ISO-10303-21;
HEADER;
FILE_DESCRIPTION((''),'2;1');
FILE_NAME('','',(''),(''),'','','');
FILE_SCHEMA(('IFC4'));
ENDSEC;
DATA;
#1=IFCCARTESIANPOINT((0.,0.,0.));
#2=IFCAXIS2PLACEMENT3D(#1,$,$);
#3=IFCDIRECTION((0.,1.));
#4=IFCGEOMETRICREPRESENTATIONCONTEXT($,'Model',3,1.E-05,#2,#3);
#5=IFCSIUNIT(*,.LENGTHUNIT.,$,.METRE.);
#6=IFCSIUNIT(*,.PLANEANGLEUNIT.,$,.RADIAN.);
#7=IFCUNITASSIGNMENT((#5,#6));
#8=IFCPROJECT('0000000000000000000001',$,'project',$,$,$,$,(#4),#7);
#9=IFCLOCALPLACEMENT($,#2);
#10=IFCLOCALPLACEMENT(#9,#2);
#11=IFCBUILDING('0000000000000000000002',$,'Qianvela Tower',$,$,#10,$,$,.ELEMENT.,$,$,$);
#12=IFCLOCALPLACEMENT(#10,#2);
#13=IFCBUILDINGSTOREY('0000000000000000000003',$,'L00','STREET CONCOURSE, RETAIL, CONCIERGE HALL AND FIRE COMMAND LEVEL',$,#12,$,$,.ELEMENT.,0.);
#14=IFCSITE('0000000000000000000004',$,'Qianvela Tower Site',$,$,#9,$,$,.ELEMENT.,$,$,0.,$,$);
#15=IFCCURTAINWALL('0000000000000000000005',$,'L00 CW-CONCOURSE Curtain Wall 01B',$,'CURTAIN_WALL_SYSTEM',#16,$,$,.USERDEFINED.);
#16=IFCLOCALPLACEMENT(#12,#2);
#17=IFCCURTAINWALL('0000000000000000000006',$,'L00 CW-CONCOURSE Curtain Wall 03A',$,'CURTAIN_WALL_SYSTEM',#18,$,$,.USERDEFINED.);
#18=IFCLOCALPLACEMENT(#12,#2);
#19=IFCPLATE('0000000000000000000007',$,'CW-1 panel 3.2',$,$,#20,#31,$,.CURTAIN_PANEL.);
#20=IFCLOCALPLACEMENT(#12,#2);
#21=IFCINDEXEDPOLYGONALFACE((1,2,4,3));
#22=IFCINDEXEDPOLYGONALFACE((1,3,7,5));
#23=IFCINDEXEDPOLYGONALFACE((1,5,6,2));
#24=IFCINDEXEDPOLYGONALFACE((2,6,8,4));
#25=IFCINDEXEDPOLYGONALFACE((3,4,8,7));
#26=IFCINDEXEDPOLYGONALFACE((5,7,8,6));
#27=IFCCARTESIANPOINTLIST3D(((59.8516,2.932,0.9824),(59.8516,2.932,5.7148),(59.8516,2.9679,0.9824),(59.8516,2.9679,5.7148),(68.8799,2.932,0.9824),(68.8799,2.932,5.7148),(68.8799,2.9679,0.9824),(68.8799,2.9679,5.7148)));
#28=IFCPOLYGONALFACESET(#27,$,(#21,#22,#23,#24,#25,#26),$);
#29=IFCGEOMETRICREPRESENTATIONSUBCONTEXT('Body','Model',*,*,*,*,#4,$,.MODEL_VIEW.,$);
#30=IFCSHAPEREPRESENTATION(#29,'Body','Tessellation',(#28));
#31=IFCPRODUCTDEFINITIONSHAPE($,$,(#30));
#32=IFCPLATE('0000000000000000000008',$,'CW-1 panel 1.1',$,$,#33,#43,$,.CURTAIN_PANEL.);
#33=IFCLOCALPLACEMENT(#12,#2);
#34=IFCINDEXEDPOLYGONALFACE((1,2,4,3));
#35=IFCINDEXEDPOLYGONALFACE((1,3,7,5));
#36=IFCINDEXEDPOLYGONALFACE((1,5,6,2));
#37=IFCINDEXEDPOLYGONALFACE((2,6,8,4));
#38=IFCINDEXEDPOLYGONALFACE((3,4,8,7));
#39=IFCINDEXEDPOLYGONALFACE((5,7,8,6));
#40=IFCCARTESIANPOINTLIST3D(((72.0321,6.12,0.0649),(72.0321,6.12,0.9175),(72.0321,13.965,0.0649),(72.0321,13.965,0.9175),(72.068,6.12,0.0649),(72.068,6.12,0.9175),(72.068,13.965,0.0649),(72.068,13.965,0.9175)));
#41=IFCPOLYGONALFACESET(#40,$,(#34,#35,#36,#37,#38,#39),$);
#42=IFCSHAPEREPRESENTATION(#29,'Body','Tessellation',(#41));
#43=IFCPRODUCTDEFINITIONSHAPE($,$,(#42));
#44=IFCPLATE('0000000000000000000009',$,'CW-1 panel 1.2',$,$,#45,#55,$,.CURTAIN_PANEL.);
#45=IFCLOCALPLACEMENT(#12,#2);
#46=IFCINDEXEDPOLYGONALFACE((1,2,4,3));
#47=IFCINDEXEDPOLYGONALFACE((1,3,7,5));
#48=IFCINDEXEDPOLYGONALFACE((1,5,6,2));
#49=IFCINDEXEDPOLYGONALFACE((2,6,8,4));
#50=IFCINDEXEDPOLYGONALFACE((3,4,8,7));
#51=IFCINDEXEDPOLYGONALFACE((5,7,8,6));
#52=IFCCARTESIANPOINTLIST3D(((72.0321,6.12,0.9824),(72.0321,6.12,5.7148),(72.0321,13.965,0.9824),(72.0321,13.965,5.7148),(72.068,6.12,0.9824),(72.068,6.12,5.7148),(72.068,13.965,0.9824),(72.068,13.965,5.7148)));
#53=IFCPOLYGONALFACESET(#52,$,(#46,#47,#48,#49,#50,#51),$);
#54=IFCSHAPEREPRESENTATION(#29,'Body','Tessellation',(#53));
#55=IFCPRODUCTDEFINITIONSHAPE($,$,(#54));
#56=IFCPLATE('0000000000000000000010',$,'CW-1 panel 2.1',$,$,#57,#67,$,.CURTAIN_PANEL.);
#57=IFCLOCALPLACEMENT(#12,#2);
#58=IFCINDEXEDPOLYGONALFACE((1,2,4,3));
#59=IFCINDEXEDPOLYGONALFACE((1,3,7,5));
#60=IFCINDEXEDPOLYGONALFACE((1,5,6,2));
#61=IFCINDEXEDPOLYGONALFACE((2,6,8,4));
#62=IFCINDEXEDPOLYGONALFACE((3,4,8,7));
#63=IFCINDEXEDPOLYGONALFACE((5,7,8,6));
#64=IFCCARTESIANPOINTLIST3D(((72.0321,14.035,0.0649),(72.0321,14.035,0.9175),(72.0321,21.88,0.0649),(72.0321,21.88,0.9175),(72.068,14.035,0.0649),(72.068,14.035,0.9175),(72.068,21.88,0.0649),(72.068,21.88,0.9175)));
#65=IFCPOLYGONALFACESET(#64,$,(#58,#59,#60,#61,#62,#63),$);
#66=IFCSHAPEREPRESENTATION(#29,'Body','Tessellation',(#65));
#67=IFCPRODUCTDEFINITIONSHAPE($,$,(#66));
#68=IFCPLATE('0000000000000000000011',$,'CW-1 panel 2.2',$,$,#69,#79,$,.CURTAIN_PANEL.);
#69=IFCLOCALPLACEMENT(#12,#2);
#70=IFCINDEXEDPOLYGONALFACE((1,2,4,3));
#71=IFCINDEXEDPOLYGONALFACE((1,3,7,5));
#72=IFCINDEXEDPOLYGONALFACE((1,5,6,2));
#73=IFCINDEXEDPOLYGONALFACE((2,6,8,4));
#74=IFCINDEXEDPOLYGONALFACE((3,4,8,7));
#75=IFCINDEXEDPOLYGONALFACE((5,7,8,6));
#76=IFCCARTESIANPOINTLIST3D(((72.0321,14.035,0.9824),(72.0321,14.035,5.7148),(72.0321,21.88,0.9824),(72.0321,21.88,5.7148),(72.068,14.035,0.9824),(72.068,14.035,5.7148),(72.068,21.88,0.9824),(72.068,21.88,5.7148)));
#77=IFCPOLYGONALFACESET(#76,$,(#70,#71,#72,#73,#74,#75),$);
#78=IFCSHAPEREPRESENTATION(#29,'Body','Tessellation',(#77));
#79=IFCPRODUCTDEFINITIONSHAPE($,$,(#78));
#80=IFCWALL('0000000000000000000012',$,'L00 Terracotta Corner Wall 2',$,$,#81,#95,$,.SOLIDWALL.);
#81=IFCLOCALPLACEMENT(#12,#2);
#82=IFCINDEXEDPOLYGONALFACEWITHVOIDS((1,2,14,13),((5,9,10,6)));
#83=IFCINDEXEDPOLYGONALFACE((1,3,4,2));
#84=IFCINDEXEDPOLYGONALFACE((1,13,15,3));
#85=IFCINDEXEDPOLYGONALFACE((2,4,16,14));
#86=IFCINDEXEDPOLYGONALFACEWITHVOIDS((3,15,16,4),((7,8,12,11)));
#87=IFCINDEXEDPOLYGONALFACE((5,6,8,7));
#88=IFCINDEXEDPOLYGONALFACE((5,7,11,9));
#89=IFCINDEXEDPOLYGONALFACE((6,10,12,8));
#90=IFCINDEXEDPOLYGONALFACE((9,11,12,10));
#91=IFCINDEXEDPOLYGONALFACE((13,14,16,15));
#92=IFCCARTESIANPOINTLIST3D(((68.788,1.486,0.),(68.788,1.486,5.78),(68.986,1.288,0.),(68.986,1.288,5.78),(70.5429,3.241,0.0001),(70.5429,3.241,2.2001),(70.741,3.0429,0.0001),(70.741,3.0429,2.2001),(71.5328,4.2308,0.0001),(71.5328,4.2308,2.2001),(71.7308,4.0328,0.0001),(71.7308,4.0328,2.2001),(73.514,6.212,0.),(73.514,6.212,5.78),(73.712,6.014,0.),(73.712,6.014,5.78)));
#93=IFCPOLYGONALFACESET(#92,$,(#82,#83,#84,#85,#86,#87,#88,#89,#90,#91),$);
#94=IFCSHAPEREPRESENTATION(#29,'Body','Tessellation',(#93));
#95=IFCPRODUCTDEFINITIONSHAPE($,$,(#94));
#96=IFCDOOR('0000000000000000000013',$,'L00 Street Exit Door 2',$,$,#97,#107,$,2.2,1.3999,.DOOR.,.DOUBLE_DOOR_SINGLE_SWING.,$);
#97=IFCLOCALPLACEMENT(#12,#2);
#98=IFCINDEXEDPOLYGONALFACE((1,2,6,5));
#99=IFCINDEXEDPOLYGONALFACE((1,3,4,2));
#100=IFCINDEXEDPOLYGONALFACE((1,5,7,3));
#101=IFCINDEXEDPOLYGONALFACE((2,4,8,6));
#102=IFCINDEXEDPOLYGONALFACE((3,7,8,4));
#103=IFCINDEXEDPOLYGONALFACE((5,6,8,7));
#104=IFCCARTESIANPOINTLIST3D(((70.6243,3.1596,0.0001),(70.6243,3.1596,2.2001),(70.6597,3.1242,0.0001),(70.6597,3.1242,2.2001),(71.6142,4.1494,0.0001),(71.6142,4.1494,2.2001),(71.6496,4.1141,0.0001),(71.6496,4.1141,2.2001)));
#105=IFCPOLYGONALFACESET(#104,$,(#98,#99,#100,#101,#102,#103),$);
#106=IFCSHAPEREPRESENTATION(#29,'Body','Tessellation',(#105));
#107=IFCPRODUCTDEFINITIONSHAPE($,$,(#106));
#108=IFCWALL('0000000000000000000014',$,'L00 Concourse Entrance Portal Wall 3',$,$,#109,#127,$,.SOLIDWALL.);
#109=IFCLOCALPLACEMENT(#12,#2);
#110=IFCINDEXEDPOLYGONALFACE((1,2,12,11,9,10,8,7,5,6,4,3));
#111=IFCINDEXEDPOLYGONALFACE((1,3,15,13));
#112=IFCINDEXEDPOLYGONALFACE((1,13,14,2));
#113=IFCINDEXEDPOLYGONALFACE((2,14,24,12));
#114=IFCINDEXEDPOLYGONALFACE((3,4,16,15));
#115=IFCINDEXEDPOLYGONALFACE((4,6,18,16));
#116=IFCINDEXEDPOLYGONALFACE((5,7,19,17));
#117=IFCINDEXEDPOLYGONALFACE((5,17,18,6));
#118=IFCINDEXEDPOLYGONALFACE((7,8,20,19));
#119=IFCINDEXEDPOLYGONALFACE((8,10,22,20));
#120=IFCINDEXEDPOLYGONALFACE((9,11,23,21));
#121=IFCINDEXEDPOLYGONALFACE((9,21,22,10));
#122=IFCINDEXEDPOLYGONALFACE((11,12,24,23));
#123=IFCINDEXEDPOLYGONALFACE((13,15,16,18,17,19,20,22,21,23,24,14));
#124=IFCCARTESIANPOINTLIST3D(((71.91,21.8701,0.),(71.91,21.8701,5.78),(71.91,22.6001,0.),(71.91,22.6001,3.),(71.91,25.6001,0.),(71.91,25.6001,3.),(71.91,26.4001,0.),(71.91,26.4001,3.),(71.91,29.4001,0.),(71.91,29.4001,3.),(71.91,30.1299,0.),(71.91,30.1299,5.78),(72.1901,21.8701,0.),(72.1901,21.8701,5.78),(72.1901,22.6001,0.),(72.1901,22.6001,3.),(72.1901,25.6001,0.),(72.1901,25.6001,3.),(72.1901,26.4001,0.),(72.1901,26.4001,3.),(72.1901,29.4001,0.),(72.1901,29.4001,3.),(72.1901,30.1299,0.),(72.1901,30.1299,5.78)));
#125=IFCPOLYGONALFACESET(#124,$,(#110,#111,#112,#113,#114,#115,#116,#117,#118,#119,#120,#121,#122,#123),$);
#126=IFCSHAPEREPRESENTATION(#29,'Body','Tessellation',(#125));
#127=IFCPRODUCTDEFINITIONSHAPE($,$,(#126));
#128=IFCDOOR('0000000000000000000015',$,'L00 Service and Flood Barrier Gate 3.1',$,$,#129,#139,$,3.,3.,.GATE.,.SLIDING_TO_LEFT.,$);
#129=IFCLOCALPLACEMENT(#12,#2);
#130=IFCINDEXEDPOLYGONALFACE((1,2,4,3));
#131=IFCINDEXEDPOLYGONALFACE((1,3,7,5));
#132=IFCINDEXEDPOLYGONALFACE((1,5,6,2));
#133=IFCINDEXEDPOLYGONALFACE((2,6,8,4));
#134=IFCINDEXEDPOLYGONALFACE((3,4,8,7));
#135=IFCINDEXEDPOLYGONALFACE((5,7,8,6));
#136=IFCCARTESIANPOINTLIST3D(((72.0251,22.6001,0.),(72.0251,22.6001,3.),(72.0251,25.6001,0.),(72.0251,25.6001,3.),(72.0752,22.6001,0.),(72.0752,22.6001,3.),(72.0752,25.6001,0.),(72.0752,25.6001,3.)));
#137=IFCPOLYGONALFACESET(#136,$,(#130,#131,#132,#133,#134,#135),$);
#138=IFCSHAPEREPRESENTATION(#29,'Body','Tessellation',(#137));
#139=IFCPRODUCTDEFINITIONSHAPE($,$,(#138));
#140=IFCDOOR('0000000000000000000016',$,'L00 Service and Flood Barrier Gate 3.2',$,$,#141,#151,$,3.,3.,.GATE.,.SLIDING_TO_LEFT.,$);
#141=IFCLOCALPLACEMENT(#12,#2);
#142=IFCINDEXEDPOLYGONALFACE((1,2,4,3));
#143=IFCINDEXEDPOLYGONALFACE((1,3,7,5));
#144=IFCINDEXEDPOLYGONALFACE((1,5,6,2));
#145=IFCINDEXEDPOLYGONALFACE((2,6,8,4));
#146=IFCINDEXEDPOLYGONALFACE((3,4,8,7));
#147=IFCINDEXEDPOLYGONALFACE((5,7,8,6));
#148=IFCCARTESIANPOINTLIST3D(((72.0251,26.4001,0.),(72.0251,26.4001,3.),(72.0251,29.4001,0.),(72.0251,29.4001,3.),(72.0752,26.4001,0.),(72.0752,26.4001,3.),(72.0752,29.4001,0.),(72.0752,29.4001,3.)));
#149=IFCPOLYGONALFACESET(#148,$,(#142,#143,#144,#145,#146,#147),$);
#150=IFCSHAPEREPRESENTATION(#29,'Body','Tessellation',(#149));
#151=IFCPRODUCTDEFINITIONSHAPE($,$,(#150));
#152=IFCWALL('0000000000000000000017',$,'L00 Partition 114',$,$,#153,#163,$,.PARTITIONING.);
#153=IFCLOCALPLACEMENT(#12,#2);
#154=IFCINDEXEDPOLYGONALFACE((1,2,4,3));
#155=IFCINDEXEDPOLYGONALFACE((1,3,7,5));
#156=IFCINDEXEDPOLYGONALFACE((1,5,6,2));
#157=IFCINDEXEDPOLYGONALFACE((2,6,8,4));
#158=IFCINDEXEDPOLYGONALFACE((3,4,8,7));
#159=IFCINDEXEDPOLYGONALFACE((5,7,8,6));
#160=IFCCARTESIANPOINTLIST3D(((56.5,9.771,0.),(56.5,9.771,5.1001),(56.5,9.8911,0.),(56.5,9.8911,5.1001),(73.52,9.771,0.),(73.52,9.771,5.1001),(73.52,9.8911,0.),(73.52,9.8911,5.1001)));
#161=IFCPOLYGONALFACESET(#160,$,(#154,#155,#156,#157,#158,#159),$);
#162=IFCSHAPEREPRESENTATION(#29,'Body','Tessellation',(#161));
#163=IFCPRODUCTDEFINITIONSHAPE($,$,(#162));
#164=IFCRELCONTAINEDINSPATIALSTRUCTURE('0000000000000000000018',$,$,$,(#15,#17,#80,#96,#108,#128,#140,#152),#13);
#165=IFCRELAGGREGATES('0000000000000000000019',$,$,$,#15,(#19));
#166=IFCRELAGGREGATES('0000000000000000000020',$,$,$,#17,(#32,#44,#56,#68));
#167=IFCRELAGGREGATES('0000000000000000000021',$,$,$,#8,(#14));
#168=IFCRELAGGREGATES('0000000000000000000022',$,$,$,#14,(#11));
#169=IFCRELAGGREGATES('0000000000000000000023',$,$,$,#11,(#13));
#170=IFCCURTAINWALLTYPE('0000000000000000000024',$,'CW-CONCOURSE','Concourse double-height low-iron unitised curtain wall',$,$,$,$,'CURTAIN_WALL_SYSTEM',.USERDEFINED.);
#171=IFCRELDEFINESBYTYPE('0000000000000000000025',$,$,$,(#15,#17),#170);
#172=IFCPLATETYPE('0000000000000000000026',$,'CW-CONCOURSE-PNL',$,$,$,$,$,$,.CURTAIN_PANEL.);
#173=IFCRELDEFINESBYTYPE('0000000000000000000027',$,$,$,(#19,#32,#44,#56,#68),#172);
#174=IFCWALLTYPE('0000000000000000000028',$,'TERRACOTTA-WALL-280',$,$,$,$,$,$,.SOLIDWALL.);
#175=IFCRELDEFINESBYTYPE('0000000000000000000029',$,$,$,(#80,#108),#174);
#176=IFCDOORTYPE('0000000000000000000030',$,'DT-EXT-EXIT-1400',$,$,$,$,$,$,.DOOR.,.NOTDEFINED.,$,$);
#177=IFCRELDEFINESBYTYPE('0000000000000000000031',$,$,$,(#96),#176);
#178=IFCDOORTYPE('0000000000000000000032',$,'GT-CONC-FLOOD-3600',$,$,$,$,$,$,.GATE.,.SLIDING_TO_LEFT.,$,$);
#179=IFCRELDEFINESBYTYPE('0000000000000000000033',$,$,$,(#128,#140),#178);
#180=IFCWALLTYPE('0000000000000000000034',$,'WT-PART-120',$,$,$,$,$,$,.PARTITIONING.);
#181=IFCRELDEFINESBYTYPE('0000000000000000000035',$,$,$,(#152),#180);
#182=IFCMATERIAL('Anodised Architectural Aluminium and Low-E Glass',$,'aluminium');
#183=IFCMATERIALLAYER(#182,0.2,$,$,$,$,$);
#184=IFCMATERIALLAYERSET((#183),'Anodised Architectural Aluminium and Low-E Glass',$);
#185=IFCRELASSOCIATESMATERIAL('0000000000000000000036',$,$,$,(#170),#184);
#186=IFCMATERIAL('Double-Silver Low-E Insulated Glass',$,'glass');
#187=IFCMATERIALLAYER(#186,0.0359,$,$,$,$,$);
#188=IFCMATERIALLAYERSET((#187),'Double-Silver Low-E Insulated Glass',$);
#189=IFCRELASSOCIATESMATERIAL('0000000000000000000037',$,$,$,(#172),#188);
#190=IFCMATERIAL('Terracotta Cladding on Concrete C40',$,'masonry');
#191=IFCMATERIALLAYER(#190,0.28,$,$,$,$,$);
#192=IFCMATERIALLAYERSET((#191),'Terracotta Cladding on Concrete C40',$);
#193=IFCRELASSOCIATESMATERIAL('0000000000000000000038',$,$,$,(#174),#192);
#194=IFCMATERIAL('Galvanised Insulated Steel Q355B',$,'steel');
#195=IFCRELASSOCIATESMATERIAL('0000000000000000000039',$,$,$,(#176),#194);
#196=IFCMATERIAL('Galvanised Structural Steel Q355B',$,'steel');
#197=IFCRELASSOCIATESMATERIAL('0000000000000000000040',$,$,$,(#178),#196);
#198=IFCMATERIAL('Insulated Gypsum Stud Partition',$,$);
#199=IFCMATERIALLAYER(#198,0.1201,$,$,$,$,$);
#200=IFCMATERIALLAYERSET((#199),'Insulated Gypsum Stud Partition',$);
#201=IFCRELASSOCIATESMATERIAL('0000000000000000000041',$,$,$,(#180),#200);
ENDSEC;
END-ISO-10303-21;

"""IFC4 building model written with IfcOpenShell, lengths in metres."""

from ifc_helpers import new_model, si_unit, direction, frame, frame_2d, origin, origin_2d, place, context, subcontext, project, spatial, rectangle, extrude, material, layer, layer_set, type_object, element, fill, aggregate, save


model = new_model("IFC4")

# Units and contexts
model_context = context("Model", 3, precision=1e-05, world=origin(), true_north=direction((0.0, 1.0)))
body_context = subcontext(model_context, "Body", "Model", "MODEL_VIEW")
ifc_project = project(units=[si_unit("LENGTHUNIT", "METRE"), si_unit("PLANEANGLEUNIT", "RADIAN")], contexts=[model_context])

# Site, building, storey
site_placement = place(None, origin())
site = spatial("IfcSite", under=ifc_project, at=site_placement, Name="Qianvela Tower Site", CompositionType="ELEMENT", RefElevation=0.0)
building_placement = place(site_placement, origin())
building = spatial("IfcBuilding", under=site, at=building_placement, Name="Qianvela Tower", CompositionType="ELEMENT")
storey_placement = place(building_placement, origin())
storey = spatial("IfcBuildingStorey", under=building, at=storey_placement, Name="L00", Description="STREET CONCOURSE, RETAIL, CONCIERGE HALL AND FIRE COMMAND LEVEL", CompositionType="ELEMENT", Elevation=0.0)

# Curtain wall
ifc_material_1 = material(Name="Anodised Architectural Aluminium and Low-E Glass", Category="aluminium")
ifc_layer_1 = layer(ifc_material_1, 0.2)
ifc_layer_set_1 = layer_set([ifc_layer_1], Name="Anodised Architectural Aluminium and Low-E Glass")
curtain_wall_type = type_object("IfcCurtainWallType", Name="CW-CONCOURSE", Description="Concourse double-height low-iron unitised curtain wall", ElementType="CURTAIN_WALL_SYSTEM", PredefinedType="USERDEFINED", material=ifc_layer_set_1)
curtain_wall_1_placement = place(storey_placement, origin())
curtain_wall_1 = element("IfcCurtainWall", 1, at=curtain_wall_1_placement, inside=storey, type_object=curtain_wall_type, Name="L00 CW-CONCOURSE Curtain Wall 01B", ObjectType="CURTAIN_WALL_SYSTEM", PredefinedType="USERDEFINED")

# Curtain wall
curtain_wall_2_placement = place(storey_placement, origin())
curtain_wall_2 = element("IfcCurtainWall", 2, at=curtain_wall_2_placement, inside=storey, type_object=curtain_wall_type, Name="L00 CW-CONCOURSE Curtain Wall 03A", ObjectType="CURTAIN_WALL_SYSTEM", PredefinedType="USERDEFINED")

# Plates
ifc_material_2 = material(Name="Double-Silver Low-E Insulated Glass", Category="glass")
ifc_layer_2 = layer(ifc_material_2, 0.0359)
ifc_layer_set_2 = layer_set([ifc_layer_2], Name="Double-Silver Low-E Insulated Glass")
plate_type = type_object("IfcPlateType", Name="CW-CONCOURSE-PNL", PredefinedType="CURTAIN_PANEL", material=ifc_layer_set_2)
plate_1_placement = place(storey_placement, frame((64.3657, 2.95, 0.9824), z_axis=(0.0, 0.0, 1.0), x_axis=(1.0, 0.0, 0.0)))
plate_1 = element("IfcPlate", 3, at=plate_1_placement, type_object=plate_type, Name="CW-1 panel 3.2", PredefinedType="CURTAIN_PANEL", context=body_context, shape_type="SweptSolid", body=[
    extrude(rectangle(XDim=9.0283, YDim=0.0359, at=origin_2d()), origin(), (0.0, 0.0, 1.0), 4.7324),
])
aggregate(curtain_wall_1, [plate_1])
plate_2_placement = place(storey_placement, frame((72.05, 10.0425, 0.0649), z_axis=(0.0, 0.0, 1.0), x_axis=(0.0, 1.0, 0.0)))
plate_2 = element("IfcPlate", 4, at=plate_2_placement, type_object=plate_type, Name="CW-1 panel 1.1", PredefinedType="CURTAIN_PANEL", context=body_context, shape_type="SweptSolid", body=[
    extrude(rectangle(XDim=7.845, YDim=0.0359, at=origin_2d()), origin(), (0.0, 0.0, 1.0), 0.8525),
])
plate_3_placement = place(storey_placement, frame((72.05, 10.0425, 0.9824), z_axis=(0.0, 0.0, 1.0), x_axis=(0.0, 1.0, 0.0)))
plate_3 = element("IfcPlate", 5, at=plate_3_placement, type_object=plate_type, Name="CW-1 panel 1.2", PredefinedType="CURTAIN_PANEL", context=body_context, shape_type="SweptSolid", body=[
    extrude(rectangle(XDim=7.845, YDim=0.0359, at=origin_2d()), origin(), (0.0, 0.0, 1.0), 4.7324),
])
plate_4_placement = place(storey_placement, frame((72.05, 17.9575, 0.0649), z_axis=(0.0, 0.0, 1.0), x_axis=(0.0, 1.0, 0.0)))
plate_4 = element("IfcPlate", 6, at=plate_4_placement, type_object=plate_type, Name="CW-1 panel 2.1", PredefinedType="CURTAIN_PANEL", context=body_context, shape_type="SweptSolid", body=[
    extrude(rectangle(XDim=7.845, YDim=0.0359, at=origin_2d()), origin(), (0.0, 0.0, 1.0), 0.8525),
])
plate_5_placement = place(storey_placement, frame((72.05, 17.9575, 0.9824), z_axis=(0.0, 0.0, 1.0), x_axis=(0.0, 1.0, 0.0)))
plate_5 = element("IfcPlate", 7, at=plate_5_placement, type_object=plate_type, Name="CW-1 panel 2.2", PredefinedType="CURTAIN_PANEL", context=body_context, shape_type="SweptSolid", body=[
    extrude(rectangle(XDim=7.845, YDim=0.0359, at=origin_2d()), origin(), (0.0, 0.0, 1.0), 4.7324),
])
aggregate(curtain_wall_2, [plate_2, plate_3, plate_4, plate_5])

# Wall, opening, door
ifc_material_3 = material(Name="Terracotta Cladding on Concrete C40", Category="masonry")
ifc_layer_3 = layer(ifc_material_3, 0.28)
ifc_layer_set_3 = layer_set([ifc_layer_3], Name="Terracotta Cladding on Concrete C40")
wall_type_1 = type_object("IfcWallType", Name="TERRACOTTA-WALL-280", PredefinedType="SOLIDWALL", material=ifc_layer_set_3)
wall_1_placement = place(storey_placement, frame((68.887, 1.387, 0.0), z_axis=(0.0, 0.0, 1.0), x_axis=(0.707107, 0.707107, 0.0)))
wall_1 = element("IfcWall", 8, at=wall_1_placement, inside=storey, type_object=wall_type_1, Name="L00 Terracotta Corner Wall 2", PredefinedType="SOLIDWALL", context=body_context, shape_type="SweptSolid", body=[
    extrude(rectangle(XDim=6.6836, YDim=0.28, at=frame_2d((3.3418, 0.0))), origin(), (0.0, 0.0, 1.0), 5.78),
])
opening_1_placement = place(wall_1_placement, frame((2.4819, 0.0, 0.0)))
opening_1 = element("IfcOpeningElement", 9, at=opening_1_placement, cuts=wall_1, PredefinedType="OPENING", context=body_context, shape_type="SweptSolid", body=[
    extrude(rectangle(XDim=1.3999, YDim=2.2, at=frame_2d((0.7, 1.1001))), frame((0.0, 0.1499, 0.0), z_axis=(0.0, -1.0, 0.0), x_axis=(1.0, 0.0, 0.0)), (0.0, 0.0, 1.0), 0.3),
])
ifc_material_4 = material(Name="Galvanised Insulated Steel Q355B", Category="steel")
door_type_1 = type_object("IfcDoorType", Name="DT-EXT-EXIT-1400", OperationType="NOTDEFINED", PredefinedType="DOOR", material=ifc_material_4)
door_1_placement = place(opening_1_placement, origin())
door_1 = element("IfcDoor", 10, at=door_1_placement, inside=storey, type_object=door_type_1, Name="L00 Street Exit Door 2", OperationType="DOUBLE_DOOR_SINGLE_SWING", OverallHeight=2.2, OverallWidth=1.3999, PredefinedType="DOOR", context=body_context, shape_type="SweptSolid", body=[
    extrude(rectangle(XDim=1.3999, YDim=2.2, at=frame_2d((0.7, 1.1001))), frame((0.0, 0.0249, 0.0), z_axis=(0.0, -1.0, 0.0), x_axis=(1.0, 0.0, 0.0)), (0.0, 0.0, 1.0), 0.05),
])
fill(opening_1, door_1)

# Wall, openings, doors
wall_2_placement = place(storey_placement, frame((72.05, 21.8701, 0.0), z_axis=(0.0, 0.0, 1.0), x_axis=(0.0, 1.0, 0.0)))
wall_2 = element("IfcWall", 11, at=wall_2_placement, inside=storey, type_object=wall_type_1, Name="L00 Concourse Entrance Portal Wall 3", PredefinedType="SOLIDWALL", context=body_context, shape_type="SweptSolid", body=[
    extrude(rectangle(XDim=8.2598, YDim=0.28, at=frame_2d((4.1299, 0.0))), origin(), (0.0, 0.0, 1.0), 5.78),
])
opening_2_placement = place(wall_2_placement, frame((0.73, 0.0, 0.0)))
opening_2 = element("IfcOpeningElement", 12, at=opening_2_placement, cuts=wall_2, PredefinedType="OPENING", context=body_context, shape_type="SweptSolid", body=[
    extrude(rectangle(XDim=3.0, YDim=3.0, at=frame_2d((1.5, 1.5))), frame((0.0, 0.1499, 0.0), z_axis=(0.0, -1.0, 0.0), x_axis=(1.0, 0.0, 0.0)), (0.0, 0.0, 1.0), 0.3),
])
opening_3_placement = place(wall_2_placement, frame((4.53, 0.0, 0.0)))
opening_3 = element("IfcOpeningElement", 13, at=opening_3_placement, cuts=wall_2, PredefinedType="OPENING", context=body_context, shape_type="SweptSolid", body=[
    extrude(rectangle(XDim=3.0, YDim=3.0, at=frame_2d((1.5, 1.5))), frame((0.0, 0.1499, 0.0), z_axis=(0.0, -1.0, 0.0), x_axis=(1.0, 0.0, 0.0)), (0.0, 0.0, 1.0), 0.3),
])
ifc_material_5 = material(Name="Galvanised Structural Steel Q355B", Category="steel")
door_type_2 = type_object("IfcDoorType", Name="GT-CONC-FLOOD-3600", OperationType="SLIDING_TO_LEFT", PredefinedType="GATE", material=ifc_material_5)
door_2_placement = place(opening_2_placement, origin())
door_2 = element("IfcDoor", 14, at=door_2_placement, inside=storey, type_object=door_type_2, Name="L00 Service and Flood Barrier Gate 3.1", OperationType="SLIDING_TO_LEFT", OverallHeight=3.0, OverallWidth=3.0, PredefinedType="GATE", context=body_context, shape_type="SweptSolid", body=[
    extrude(rectangle(XDim=3.0, YDim=3.0, at=frame_2d((1.5, 1.5))), frame((0.0, 0.0249, 0.0), z_axis=(0.0, -1.0, 0.0), x_axis=(1.0, 0.0, 0.0)), (0.0, 0.0, 1.0), 0.05),
])
fill(opening_2, door_2)
door_3_placement = place(opening_3_placement, origin())
door_3 = element("IfcDoor", 15, at=door_3_placement, inside=storey, type_object=door_type_2, Name="L00 Service and Flood Barrier Gate 3.2", OperationType="SLIDING_TO_LEFT", OverallHeight=3.0, OverallWidth=3.0, PredefinedType="GATE", context=body_context, shape_type="SweptSolid", body=[
    extrude(rectangle(XDim=3.0, YDim=3.0, at=frame_2d((1.5, 1.5))), frame((0.0, 0.0249, 0.0), z_axis=(0.0, -1.0, 0.0), x_axis=(1.0, 0.0, 0.0)), (0.0, 0.0, 1.0), 0.05),
])
fill(opening_3, door_3)

# Wall
ifc_material_6 = material(Name="Insulated Gypsum Stud Partition")
ifc_layer_4 = layer(ifc_material_6, 0.1201)
ifc_layer_set_4 = layer_set([ifc_layer_4], Name="Insulated Gypsum Stud Partition")
wall_type_2 = type_object("IfcWallType", Name="WT-PART-120", PredefinedType="PARTITIONING", material=ifc_layer_set_4)
wall_3_placement = place(storey_placement, frame((73.52, 9.8311, 0.0), z_axis=(0.0, 0.0, 1.0), x_axis=(-1.0, 0.0, 0.0)))
element("IfcWall", 16, at=wall_3_placement, inside=storey, type_object=wall_type_2, Name="L00 Partition 114", PredefinedType="PARTITIONING", context=body_context, shape_type="SweptSolid", body=[
    extrude(rectangle(XDim=17.02, YDim=0.1201, at=frame_2d((8.51, 0.0))), origin(), (0.0, 0.0, 1.0), 5.1001),
])

save(model, "model.ifc")
